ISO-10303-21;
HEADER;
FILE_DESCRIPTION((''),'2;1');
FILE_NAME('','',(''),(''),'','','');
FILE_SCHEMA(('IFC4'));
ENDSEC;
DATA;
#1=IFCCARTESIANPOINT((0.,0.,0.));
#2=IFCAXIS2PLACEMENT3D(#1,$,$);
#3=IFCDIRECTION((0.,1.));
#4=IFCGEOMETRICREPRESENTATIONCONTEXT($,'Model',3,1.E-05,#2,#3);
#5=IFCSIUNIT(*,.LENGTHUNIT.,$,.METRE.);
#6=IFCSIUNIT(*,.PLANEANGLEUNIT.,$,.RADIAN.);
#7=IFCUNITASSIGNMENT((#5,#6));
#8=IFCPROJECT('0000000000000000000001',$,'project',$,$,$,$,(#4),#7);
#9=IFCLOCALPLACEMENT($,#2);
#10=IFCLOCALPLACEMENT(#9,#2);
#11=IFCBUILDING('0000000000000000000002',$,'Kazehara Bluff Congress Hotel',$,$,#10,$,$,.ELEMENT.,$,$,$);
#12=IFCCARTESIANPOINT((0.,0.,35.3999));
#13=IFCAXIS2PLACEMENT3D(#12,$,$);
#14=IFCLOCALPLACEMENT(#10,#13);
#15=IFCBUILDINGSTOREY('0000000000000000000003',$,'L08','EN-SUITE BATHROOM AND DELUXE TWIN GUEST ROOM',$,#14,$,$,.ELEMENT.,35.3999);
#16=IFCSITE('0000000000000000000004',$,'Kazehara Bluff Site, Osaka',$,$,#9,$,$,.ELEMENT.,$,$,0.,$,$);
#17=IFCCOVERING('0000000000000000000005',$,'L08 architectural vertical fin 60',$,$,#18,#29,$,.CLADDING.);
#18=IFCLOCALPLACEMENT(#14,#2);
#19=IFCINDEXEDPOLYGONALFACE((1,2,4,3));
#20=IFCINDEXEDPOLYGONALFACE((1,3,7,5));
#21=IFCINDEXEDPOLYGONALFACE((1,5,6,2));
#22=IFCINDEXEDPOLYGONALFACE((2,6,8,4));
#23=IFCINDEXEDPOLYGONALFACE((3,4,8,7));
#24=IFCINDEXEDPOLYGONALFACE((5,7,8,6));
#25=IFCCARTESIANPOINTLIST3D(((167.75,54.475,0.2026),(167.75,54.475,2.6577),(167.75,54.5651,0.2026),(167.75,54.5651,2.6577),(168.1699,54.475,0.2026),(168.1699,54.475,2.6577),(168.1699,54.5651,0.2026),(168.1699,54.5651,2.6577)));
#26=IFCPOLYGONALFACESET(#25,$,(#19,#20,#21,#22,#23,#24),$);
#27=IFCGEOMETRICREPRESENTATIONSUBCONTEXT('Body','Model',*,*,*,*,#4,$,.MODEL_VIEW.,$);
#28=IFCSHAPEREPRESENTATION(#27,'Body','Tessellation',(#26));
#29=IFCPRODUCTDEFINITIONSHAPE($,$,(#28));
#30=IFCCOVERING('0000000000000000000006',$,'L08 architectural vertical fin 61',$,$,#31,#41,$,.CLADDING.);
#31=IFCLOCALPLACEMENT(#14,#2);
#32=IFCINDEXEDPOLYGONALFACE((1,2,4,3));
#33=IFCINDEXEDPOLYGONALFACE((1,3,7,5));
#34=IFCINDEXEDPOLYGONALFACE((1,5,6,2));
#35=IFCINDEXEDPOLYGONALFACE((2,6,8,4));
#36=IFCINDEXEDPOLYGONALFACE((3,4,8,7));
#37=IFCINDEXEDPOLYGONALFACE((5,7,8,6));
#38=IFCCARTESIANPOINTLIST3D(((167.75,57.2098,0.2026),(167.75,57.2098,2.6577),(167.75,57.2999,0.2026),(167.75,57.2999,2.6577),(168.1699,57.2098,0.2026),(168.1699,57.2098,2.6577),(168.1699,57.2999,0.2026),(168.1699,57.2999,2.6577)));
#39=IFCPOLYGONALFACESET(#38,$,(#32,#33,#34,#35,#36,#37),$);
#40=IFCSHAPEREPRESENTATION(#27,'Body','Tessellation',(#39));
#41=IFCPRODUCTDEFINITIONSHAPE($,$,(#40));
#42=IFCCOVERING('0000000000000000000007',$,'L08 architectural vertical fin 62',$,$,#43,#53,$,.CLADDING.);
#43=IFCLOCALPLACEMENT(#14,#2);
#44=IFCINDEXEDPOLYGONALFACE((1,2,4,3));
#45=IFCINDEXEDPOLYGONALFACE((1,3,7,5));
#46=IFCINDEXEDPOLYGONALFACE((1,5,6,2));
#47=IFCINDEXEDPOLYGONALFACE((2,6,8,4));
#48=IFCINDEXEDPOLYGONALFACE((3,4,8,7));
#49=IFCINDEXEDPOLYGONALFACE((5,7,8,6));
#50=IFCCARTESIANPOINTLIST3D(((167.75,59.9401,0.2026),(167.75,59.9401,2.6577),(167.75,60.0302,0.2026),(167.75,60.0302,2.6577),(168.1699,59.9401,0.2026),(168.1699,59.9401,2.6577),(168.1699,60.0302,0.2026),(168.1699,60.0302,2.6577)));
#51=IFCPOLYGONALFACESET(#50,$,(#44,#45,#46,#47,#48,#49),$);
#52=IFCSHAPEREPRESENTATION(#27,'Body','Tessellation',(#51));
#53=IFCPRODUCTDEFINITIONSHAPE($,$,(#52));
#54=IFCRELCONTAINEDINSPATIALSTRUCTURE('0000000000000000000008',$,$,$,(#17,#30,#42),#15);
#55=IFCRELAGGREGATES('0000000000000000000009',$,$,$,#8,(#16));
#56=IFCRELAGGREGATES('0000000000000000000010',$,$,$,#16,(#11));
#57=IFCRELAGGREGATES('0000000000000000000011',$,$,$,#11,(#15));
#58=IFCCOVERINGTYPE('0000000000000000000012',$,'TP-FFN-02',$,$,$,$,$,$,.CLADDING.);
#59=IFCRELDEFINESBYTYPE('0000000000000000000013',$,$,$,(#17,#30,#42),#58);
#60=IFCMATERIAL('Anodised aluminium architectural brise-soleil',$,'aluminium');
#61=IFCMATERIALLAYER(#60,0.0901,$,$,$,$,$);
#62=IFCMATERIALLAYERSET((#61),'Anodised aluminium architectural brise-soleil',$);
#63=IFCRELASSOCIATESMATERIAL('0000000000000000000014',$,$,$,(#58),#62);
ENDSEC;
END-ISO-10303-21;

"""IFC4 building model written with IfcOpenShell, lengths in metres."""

from ifc_helpers import new_model, si_unit, direction, frame, origin, origin_2d, place, context, subcontext, project, spatial, rectangle, extrude, material, layer, layer_set, type_object, element, save


model = new_model("IFC4")

# Units and contexts
model_context = context("Model", 3, precision=1e-05, world=origin(), true_north=direction((0.0, 1.0)))
body_context = subcontext(model_context, "Body", "Model", "MODEL_VIEW")
ifc_project = project(units=[si_unit("LENGTHUNIT", "METRE"), si_unit("PLANEANGLEUNIT", "RADIAN")], contexts=[model_context])

# Site, building, storey
site_placement = place(None, origin())
site = spatial("IfcSite", under=ifc_project, at=site_placement, Name="Kazehara Bluff Site, Osaka", CompositionType="ELEMENT", RefElevation=0.0)
building_placement = place(site_placement, origin())
building = spatial("IfcBuilding", under=site, at=building_placement, Name="Kazehara Bluff Congress Hotel", CompositionType="ELEMENT")
storey_placement = place(building_placement, frame((0.0, 0.0, 35.3999)))
storey = spatial("IfcBuildingStorey", under=building, at=storey_placement, Name="L08", Description="EN-SUITE BATHROOM AND DELUXE TWIN GUEST ROOM", CompositionType="ELEMENT", Elevation=35.3999)

# Coverings
ifc_material_1 = material(Name="Anodised aluminium architectural brise-soleil", Category="aluminium")
ifc_layer_1 = layer(ifc_material_1, 0.0901)
ifc_layer_set_1 = layer_set([ifc_layer_1], Name="Anodised aluminium architectural brise-soleil")
covering_type = type_object("IfcCoveringType", Name="TP-FFN-02", PredefinedType="CLADDING", material=ifc_layer_set_1)
for number, where, z_axis, x_axis, name in (
    (1, (167.96, 54.52, 0.2026), (0.0, 0.0, 1.0), (1.0, 0.0, 0.0), "L08 architectural vertical fin 60"),
    (2, (167.96, 57.2549, 0.2026), (0.0, 0.0, 1.0), (1.0, 0.0, 0.0), "L08 architectural vertical fin 61"),
    (3, (167.96, 59.9851, 0.2026), (0.0, 0.0, 1.0), (1.0, 0.0, 0.0), "L08 architectural vertical fin 62"),
):
    element("IfcCovering", number, at=place(storey_placement, frame(where, z_axis=z_axis, x_axis=x_axis)), inside=storey, type_object=covering_type, Name=name, PredefinedType="CLADDING", context=body_context, shape_type="SweptSolid", body=[
        extrude(rectangle(XDim=0.4199, YDim=0.0901, at=origin_2d()), origin(), (0.0, 0.0, 1.0), 2.4551),
    ])

save(model, "model.ifc")
